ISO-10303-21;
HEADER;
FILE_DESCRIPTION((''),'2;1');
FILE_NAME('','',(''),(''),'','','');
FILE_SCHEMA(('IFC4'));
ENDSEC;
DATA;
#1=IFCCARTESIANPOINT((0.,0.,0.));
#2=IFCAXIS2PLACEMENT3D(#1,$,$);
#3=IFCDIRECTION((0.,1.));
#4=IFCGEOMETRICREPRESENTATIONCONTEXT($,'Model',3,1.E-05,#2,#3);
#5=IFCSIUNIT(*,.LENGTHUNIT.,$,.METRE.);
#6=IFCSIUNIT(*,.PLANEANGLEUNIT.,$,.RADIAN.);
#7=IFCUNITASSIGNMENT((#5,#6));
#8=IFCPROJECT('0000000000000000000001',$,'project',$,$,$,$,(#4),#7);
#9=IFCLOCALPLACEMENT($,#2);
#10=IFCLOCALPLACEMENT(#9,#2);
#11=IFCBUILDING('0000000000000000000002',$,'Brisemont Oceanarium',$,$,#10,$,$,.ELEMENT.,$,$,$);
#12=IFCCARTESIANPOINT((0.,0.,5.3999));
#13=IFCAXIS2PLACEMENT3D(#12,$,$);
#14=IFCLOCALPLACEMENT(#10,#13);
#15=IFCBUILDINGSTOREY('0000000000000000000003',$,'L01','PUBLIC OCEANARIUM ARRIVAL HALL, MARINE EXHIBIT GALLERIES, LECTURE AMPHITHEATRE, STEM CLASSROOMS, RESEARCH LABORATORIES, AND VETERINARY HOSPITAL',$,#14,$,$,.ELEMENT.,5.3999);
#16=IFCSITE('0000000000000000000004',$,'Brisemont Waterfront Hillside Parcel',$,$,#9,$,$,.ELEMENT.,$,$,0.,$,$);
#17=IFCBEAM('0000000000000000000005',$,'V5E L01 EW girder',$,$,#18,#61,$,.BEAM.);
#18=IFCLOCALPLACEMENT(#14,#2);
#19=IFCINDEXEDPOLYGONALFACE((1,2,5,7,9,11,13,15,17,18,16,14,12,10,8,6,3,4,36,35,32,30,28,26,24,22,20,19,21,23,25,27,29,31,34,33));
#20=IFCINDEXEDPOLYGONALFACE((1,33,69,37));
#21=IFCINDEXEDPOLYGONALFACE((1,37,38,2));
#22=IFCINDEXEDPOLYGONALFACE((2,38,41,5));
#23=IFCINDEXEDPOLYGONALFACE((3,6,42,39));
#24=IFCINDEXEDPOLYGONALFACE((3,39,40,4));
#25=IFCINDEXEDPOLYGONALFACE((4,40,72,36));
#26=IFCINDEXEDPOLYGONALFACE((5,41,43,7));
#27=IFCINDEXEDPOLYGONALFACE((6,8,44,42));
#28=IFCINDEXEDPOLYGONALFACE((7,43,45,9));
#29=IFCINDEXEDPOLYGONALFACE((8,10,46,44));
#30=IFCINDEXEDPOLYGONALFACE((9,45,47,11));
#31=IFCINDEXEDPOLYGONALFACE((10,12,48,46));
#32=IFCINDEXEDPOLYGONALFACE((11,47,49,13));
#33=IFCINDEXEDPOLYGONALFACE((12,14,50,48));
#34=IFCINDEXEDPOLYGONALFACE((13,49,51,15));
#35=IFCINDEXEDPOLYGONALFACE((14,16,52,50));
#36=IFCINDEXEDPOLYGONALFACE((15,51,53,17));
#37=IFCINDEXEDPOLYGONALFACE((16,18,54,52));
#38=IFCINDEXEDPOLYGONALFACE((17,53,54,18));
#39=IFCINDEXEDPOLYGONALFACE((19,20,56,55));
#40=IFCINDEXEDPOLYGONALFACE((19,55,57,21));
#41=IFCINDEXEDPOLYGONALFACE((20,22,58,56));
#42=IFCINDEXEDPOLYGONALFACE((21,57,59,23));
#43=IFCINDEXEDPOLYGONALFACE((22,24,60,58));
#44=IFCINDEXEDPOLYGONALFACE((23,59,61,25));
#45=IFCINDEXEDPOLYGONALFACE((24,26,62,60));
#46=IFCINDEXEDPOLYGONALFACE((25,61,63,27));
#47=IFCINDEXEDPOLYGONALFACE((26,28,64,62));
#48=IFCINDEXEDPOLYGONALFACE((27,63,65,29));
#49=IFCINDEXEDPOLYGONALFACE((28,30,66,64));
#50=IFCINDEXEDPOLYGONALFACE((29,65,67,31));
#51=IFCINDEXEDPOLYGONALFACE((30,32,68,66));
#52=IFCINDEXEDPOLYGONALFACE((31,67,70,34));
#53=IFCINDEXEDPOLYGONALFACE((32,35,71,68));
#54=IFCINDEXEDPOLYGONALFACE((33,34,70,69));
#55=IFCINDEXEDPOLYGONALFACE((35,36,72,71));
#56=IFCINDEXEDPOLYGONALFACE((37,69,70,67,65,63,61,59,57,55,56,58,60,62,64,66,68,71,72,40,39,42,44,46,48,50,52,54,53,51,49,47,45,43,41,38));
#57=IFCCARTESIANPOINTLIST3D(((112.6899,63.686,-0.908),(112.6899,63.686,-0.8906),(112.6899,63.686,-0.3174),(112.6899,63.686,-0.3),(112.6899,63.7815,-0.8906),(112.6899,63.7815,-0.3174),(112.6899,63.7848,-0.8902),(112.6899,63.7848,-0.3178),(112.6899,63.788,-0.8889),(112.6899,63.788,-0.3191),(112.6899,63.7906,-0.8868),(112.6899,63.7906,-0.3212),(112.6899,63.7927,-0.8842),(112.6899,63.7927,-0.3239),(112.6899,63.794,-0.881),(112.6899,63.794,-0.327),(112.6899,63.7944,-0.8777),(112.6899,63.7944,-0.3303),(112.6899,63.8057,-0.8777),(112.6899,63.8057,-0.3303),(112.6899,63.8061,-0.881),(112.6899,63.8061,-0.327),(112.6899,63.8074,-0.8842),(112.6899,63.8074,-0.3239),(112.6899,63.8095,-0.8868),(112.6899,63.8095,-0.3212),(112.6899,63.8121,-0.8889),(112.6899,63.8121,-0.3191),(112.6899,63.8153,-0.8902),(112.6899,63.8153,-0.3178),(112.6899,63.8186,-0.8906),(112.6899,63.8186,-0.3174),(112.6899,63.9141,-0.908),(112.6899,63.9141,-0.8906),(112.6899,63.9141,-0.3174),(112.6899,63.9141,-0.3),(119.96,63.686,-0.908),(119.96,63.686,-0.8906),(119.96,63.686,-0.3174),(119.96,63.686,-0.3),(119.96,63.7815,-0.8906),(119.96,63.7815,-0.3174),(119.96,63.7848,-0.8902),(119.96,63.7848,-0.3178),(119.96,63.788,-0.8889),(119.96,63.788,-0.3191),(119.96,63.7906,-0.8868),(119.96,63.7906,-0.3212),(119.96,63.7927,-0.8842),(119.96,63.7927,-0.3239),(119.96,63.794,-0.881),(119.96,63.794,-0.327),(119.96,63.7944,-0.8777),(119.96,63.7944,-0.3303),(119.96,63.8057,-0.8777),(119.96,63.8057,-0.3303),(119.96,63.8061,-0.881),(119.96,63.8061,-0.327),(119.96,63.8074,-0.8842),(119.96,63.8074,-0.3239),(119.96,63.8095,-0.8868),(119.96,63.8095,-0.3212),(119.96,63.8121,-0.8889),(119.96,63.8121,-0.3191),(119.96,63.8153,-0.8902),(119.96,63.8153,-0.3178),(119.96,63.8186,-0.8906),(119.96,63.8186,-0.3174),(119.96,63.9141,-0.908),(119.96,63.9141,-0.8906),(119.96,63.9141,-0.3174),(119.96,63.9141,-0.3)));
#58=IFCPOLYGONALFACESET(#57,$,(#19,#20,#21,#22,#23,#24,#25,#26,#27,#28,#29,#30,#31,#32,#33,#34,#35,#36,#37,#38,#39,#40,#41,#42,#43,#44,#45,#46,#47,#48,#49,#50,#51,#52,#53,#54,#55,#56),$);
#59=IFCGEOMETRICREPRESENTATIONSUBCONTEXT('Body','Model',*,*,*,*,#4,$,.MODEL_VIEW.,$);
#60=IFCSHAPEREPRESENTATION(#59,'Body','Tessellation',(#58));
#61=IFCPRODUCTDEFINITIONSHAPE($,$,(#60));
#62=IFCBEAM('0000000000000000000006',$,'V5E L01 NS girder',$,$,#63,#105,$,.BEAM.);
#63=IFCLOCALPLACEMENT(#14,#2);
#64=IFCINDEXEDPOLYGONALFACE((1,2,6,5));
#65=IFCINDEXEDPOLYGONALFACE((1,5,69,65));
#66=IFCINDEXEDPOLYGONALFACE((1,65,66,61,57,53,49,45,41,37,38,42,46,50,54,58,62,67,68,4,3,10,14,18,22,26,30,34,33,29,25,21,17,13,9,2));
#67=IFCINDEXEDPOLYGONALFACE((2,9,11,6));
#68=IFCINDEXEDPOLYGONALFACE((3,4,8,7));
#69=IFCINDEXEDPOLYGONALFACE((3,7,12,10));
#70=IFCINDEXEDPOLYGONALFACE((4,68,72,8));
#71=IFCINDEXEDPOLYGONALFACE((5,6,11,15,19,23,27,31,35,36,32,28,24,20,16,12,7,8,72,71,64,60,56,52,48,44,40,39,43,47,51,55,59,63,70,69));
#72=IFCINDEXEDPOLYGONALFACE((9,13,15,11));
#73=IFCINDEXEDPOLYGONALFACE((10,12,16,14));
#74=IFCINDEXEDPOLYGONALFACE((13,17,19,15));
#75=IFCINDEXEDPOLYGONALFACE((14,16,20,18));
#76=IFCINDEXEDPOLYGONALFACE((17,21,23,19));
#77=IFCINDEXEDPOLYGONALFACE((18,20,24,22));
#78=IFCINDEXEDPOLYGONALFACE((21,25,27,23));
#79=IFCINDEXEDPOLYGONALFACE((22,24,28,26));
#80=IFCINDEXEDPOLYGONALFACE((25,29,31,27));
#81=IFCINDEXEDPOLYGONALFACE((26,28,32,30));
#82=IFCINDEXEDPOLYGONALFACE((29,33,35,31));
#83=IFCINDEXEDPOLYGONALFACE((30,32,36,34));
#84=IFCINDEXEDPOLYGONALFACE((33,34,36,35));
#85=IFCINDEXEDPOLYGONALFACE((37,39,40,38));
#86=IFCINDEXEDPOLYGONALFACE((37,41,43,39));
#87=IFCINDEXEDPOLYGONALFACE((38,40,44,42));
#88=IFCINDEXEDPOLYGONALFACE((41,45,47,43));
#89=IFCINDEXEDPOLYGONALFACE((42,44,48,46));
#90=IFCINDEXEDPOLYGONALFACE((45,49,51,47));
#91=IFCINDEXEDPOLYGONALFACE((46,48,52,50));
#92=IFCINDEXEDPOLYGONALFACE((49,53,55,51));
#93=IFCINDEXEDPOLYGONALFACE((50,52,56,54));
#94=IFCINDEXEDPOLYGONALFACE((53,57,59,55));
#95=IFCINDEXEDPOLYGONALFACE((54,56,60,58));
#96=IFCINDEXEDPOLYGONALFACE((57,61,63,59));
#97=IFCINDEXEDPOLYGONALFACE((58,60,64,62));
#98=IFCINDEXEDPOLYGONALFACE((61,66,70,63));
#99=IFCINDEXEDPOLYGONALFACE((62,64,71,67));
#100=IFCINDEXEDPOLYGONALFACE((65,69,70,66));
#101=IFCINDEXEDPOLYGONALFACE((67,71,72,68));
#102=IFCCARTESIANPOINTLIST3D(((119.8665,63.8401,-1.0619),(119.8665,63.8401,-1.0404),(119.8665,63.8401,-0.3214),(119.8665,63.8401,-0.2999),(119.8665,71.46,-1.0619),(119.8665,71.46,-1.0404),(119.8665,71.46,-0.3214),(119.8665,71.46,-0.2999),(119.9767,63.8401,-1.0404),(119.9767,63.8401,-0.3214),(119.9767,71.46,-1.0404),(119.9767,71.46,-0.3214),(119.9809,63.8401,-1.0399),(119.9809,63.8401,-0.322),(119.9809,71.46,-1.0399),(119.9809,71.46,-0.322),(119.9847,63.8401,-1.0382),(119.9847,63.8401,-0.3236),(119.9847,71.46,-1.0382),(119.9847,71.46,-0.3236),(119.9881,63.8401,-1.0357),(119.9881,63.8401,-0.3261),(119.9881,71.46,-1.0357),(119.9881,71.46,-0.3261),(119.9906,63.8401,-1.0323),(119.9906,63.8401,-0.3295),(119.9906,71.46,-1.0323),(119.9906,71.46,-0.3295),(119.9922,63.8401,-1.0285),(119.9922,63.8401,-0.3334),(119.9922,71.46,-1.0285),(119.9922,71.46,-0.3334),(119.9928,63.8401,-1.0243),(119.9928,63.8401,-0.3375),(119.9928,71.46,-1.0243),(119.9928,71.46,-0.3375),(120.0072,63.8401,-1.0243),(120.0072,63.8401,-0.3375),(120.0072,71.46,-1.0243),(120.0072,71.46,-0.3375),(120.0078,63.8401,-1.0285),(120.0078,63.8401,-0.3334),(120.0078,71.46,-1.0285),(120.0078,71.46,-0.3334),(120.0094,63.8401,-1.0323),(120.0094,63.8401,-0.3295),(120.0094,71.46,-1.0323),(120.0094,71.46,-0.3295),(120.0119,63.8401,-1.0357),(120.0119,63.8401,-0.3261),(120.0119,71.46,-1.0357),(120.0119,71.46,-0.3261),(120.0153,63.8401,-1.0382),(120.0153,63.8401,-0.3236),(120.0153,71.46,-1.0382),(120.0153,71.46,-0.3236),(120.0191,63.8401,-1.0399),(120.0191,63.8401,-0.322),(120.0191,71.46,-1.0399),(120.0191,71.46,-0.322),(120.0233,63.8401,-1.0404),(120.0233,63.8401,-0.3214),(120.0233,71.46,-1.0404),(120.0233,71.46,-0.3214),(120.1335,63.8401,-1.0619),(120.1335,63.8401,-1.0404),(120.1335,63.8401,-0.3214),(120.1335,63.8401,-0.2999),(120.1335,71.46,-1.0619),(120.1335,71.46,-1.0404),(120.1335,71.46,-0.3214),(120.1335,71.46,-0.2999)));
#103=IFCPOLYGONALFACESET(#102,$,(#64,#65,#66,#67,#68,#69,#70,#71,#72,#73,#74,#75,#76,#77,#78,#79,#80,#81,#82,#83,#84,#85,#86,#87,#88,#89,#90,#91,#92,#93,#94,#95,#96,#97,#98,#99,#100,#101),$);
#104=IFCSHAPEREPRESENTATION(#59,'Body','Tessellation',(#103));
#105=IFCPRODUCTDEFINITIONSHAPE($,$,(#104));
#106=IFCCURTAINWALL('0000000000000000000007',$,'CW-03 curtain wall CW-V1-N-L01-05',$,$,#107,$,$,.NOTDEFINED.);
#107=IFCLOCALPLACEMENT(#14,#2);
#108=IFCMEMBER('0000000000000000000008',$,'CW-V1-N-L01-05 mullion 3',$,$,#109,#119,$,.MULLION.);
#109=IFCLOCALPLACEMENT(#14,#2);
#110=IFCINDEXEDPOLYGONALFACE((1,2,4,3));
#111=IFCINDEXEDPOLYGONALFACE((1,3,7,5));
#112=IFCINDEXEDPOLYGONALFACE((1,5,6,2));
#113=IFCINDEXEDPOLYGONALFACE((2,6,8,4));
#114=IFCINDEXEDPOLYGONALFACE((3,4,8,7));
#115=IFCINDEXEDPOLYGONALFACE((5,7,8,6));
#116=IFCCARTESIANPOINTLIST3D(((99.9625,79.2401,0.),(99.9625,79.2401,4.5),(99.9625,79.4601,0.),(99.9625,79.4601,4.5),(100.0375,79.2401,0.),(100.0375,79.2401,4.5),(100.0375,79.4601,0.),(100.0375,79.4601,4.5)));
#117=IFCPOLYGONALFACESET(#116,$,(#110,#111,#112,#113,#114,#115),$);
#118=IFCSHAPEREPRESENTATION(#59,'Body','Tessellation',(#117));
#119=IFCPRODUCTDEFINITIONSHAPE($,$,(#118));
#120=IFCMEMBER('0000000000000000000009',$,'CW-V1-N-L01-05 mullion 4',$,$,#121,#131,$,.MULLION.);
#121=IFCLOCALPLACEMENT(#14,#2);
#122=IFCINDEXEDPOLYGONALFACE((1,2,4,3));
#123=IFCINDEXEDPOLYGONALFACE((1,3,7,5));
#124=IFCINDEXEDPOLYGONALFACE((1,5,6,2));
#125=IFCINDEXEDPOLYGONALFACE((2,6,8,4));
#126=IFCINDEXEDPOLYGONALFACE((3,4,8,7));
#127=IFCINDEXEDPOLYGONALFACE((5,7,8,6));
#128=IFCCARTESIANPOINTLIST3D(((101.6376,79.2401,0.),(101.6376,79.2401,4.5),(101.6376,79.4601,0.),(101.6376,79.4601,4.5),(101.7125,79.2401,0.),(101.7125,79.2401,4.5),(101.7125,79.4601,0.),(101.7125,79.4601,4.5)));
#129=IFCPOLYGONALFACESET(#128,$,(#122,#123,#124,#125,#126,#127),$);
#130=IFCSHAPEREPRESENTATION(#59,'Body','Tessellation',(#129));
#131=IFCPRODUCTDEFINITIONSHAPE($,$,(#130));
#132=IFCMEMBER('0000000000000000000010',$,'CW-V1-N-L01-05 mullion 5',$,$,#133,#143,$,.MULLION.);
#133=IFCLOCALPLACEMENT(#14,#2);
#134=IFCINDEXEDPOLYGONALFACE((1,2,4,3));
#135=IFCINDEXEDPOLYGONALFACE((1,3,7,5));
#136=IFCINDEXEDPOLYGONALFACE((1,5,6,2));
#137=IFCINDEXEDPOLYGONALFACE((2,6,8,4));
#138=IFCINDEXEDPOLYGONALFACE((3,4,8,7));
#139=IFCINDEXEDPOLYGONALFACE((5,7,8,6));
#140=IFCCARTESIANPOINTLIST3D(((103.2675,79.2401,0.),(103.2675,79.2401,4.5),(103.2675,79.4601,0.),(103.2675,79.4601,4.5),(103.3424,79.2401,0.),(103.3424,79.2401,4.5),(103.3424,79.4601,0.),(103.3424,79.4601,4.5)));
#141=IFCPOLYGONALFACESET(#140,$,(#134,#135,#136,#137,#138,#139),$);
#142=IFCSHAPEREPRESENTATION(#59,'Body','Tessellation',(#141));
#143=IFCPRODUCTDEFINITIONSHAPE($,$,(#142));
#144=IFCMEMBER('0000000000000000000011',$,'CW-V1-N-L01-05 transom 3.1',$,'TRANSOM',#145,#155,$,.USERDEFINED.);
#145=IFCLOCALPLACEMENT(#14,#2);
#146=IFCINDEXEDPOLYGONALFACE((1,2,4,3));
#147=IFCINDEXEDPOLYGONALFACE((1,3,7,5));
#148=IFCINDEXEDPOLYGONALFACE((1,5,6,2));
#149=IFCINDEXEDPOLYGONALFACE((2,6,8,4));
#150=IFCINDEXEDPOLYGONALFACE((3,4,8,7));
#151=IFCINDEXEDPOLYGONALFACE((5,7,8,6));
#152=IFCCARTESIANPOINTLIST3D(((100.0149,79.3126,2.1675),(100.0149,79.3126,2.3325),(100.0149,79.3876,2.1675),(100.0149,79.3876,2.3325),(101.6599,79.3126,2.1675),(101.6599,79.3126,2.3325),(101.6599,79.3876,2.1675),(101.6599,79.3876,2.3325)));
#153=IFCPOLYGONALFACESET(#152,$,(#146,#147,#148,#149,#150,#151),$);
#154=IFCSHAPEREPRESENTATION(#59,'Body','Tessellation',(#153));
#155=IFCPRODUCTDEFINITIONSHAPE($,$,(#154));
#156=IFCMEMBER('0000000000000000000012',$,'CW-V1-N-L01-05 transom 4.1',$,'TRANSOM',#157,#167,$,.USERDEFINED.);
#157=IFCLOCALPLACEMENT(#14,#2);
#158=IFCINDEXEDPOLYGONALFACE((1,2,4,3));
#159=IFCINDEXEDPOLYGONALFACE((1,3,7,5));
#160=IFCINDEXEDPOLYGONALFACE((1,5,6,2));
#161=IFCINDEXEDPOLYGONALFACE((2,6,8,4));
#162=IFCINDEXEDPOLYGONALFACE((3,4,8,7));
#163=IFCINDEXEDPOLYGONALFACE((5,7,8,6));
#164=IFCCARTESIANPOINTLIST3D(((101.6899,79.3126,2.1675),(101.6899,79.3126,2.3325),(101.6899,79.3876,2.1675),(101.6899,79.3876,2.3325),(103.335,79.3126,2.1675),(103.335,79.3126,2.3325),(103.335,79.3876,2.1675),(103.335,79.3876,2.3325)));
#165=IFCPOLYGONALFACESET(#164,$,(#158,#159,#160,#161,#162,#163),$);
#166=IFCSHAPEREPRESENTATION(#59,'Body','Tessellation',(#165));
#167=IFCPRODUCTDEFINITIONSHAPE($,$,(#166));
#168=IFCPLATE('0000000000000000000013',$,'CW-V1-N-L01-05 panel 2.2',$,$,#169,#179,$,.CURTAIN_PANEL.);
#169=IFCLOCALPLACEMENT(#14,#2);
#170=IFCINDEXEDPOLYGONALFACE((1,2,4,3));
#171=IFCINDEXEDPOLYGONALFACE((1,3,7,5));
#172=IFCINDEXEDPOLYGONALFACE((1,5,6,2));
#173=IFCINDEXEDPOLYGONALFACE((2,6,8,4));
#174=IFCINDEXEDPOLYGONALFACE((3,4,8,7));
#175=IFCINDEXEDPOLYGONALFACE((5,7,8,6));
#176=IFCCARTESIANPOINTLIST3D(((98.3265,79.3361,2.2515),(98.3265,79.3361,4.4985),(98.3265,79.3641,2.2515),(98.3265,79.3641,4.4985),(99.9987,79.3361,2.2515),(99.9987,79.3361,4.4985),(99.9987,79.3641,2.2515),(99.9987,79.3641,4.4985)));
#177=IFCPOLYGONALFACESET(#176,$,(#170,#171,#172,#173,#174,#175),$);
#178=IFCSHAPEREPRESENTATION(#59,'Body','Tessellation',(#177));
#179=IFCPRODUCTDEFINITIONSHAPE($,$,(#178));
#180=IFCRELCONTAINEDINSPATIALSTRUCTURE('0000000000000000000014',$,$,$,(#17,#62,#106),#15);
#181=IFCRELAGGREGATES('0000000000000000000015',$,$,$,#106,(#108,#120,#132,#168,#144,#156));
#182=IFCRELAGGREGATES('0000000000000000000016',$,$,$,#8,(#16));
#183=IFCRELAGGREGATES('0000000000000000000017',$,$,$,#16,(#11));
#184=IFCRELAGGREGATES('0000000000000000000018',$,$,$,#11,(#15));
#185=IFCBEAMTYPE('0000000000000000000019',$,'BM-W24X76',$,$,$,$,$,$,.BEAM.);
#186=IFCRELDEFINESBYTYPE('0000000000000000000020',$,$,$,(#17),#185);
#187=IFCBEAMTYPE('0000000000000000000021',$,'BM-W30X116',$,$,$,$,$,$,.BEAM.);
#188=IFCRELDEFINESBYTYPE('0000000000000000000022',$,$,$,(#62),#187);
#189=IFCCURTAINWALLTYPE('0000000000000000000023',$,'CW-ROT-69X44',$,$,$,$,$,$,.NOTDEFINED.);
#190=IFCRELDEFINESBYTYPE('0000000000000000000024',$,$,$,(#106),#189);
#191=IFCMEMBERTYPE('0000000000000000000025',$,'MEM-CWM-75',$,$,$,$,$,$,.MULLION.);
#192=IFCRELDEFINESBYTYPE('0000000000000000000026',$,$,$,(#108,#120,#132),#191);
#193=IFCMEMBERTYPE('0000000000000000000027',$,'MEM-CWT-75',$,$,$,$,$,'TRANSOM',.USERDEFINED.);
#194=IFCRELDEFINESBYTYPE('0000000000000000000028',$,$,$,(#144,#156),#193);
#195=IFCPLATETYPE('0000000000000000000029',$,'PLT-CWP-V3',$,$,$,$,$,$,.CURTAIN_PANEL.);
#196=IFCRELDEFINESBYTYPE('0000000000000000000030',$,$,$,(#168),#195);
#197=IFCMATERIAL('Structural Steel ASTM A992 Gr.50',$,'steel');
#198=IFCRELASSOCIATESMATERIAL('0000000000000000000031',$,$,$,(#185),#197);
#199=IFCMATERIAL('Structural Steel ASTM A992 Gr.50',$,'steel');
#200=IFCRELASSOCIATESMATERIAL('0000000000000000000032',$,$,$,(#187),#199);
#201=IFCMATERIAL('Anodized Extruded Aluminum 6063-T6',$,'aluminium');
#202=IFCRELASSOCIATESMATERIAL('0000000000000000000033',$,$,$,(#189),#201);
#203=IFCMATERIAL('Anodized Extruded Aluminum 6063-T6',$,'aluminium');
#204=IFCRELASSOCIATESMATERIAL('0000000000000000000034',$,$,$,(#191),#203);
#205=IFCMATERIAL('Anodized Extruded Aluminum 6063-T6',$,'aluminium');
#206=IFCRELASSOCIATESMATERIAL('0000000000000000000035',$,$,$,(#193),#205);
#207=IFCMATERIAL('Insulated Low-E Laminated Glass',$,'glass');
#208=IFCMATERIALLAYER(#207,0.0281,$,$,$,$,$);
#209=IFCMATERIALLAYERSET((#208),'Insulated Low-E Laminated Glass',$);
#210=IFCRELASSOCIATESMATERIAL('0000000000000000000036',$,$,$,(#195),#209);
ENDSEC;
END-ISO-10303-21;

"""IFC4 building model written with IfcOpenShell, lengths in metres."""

from ifc_helpers import new_model, si_unit, direction, frame, origin, origin_2d, place, context, subcontext, project, spatial, rectangle, i_section, extrude, material, layer, layer_set, material_profile, profile_set, type_object, element, aggregate, save


model = new_model("IFC4")

# Units and contexts
model_context = context("Model", 3, precision=1e-05, world=origin(), true_north=direction((0.0, 1.0)))
body_context = subcontext(model_context, "Body", "Model", "MODEL_VIEW")
ifc_project = project(units=[si_unit("LENGTHUNIT", "METRE"), si_unit("PLANEANGLEUNIT", "RADIAN")], contexts=[model_context])

# Site, building, storey
site_placement = place(None, origin())
site = spatial("IfcSite", under=ifc_project, at=site_placement, Name="Brisemont Waterfront Hillside Parcel", CompositionType="ELEMENT", RefElevation=0.0)
building_placement = place(site_placement, origin())
building = spatial("IfcBuilding", under=site, at=building_placement, Name="Brisemont Oceanarium", CompositionType="ELEMENT")
storey_placement = place(building_placement, frame((0.0, 0.0, 5.3999)))
storey = spatial("IfcBuildingStorey", under=building, at=storey_placement, Name="L01", Description="PUBLIC OCEANARIUM ARRIVAL HALL, MARINE EXHIBIT GALLERIES, LECTURE AMPHITHEATRE, STEM CLASSROOMS, RESEARCH LABORATORIES, AND VETERINARY HOSPITAL", CompositionType="ELEMENT", Elevation=5.3999)

# Beams
ifc_material_1 = material(Name="Structural Steel ASTM A992 Gr.50", Category="steel")
ifc_material_profile_1 = material_profile(ifc_material_1, i_section(OverallWidth=0.228, OverallDepth=0.6079, WebThickness=0.0112, FlangeThickness=0.0173, FilletRadius=0.0129, at=origin_2d()), Name="W24X76")
ifc_profile_set_1 = profile_set([ifc_material_profile_1], Name="Structural Steel ASTM A992 Gr.50")
beam_type_1 = type_object("IfcBeamType", Name="BM-W24X76", PredefinedType="BEAM", material=ifc_profile_set_1)
beam_1_placement = place(storey_placement, frame((112.6899, 63.8, -0.604), z_axis=(1.0, 0.0, 0.0), x_axis=(0.0, 1.0, 0.0)))
element("IfcBeam", 1, at=beam_1_placement, inside=storey, type_object=beam_type_1, Name="V5E L01 EW girder", PredefinedType="BEAM", context=body_context, shape_type="SweptSolid", body=[
    extrude(i_section(OverallWidth=0.228, OverallDepth=0.6079, WebThickness=0.0112, FlangeThickness=0.0173, FilletRadius=0.0129, at=origin_2d()), origin(), (0.0, 0.0, 1.0), 7.27),
])
ifc_material_2 = material(Name="Structural Steel ASTM A992 Gr.50", Category="steel")
ifc_material_profile_2 = material_profile(ifc_material_2, i_section(OverallWidth=0.2671, OverallDepth=0.762, WebThickness=0.0144, FlangeThickness=0.0215, FilletRadius=0.0161, at=origin_2d()), Name="W30X116")
ifc_profile_set_2 = profile_set([ifc_material_profile_2], Name="Structural Steel ASTM A992 Gr.50")
beam_type_2 = type_object("IfcBeamType", Name="BM-W30X116", PredefinedType="BEAM", material=ifc_profile_set_2)
beam_2_placement = place(storey_placement, frame((120.0, 63.8401, -0.6809), z_axis=(0.0, 1.0, 0.0), x_axis=(-1.0, 0.0, 0.0)))
element("IfcBeam", 2, at=beam_2_placement, inside=storey, type_object=beam_type_2, Name="V5E L01 NS girder", PredefinedType="BEAM", context=body_context, shape_type="SweptSolid", body=[
    extrude(i_section(OverallWidth=0.2671, OverallDepth=0.762, WebThickness=0.0144, FlangeThickness=0.0215, FilletRadius=0.0161, at=origin_2d()), origin(), (0.0, 0.0, 1.0), 7.6199),
])

# Curtain wall, members, plate
ifc_material_3 = material(Name="Anodized Extruded Aluminum 6063-T6", Category="aluminium")
curtain_wall_type = type_object("IfcCurtainWallType", Name="CW-ROT-69X44", PredefinedType="NOTDEFINED", material=ifc_material_3)
curtain_wall_placement = place(storey_placement, origin())
curtain_wall = element("IfcCurtainWall", 3, at=curtain_wall_placement, inside=storey, type_object=curtain_wall_type, Name="CW-03 curtain wall CW-V1-N-L01-05", PredefinedType="NOTDEFINED")
ifc_material_4 = material(Name="Anodized Extruded Aluminum 6063-T6", Category="aluminium")
ifc_material_profile_3 = material_profile(ifc_material_4, rectangle(XDim=0.075, YDim=0.22, at=origin_2d()), Name="CWM-75X220")
ifc_profile_set_3 = profile_set([ifc_material_profile_3], Name="Anodized Extruded Aluminum 6063-T6")
member_type_1 = type_object("IfcMemberType", Name="MEM-CWM-75", PredefinedType="MULLION", material=ifc_profile_set_3)
member_1_placement = place(storey_placement, frame((100.0, 79.3501, 0.0), z_axis=(0.0, 0.0, 1.0), x_axis=(1.0, 0.0, 0.0)))
member_1 = element("IfcMember", 4, at=member_1_placement, type_object=member_type_1, Name="CW-V1-N-L01-05 mullion 3", PredefinedType="MULLION", context=body_context, shape_type="SweptSolid", body=[
    extrude(rectangle(XDim=0.075, YDim=0.22, at=origin_2d()), origin(), (0.0, 0.0, 1.0), 4.5),
])
member_2_placement = place(storey_placement, frame((101.675, 79.3501, 0.0), z_axis=(0.0, 0.0, 1.0), x_axis=(1.0, 0.0, 0.0)))
member_2 = element("IfcMember", 5, at=member_2_placement, type_object=member_type_1, Name="CW-V1-N-L01-05 mullion 4", PredefinedType="MULLION", context=body_context, shape_type="SweptSolid", body=[
    extrude(rectangle(XDim=0.075, YDim=0.22, at=origin_2d()), origin(), (0.0, 0.0, 1.0), 4.5),
])
member_3_placement = place(storey_placement, frame((103.3049, 79.3501, 0.0), z_axis=(0.0, 0.0, 1.0), x_axis=(1.0, 0.0, 0.0)))
member_3 = element("IfcMember", 6, at=member_3_placement, type_object=member_type_1, Name="CW-V1-N-L01-05 mullion 5", PredefinedType="MULLION", context=body_context, shape_type="SweptSolid", body=[
    extrude(rectangle(XDim=0.075, YDim=0.22, at=origin_2d()), origin(), (0.0, 0.0, 1.0), 4.5),
])
ifc_material_5 = material(Name="Anodized Extruded Aluminum 6063-T6", Category="aluminium")
ifc_material_profile_4 = material_profile(ifc_material_5, rectangle(XDim=0.075, YDim=0.165, at=origin_2d()), Name="CWT-75X165")
ifc_profile_set_4 = profile_set([ifc_material_profile_4], Name="Anodized Extruded Aluminum 6063-T6")
member_type_2 = type_object("IfcMemberType", Name="MEM-CWT-75", ElementType="TRANSOM", PredefinedType="USERDEFINED", material=ifc_profile_set_4)
member_4_placement = place(storey_placement, frame((100.0149, 79.3501, 2.25), z_axis=(1.0, 0.0, 0.0), x_axis=(0.0, 1.0, 0.0)))
member_4 = element("IfcMember", 7, at=member_4_placement, type_object=member_type_2, Name="CW-V1-N-L01-05 transom 3.1", ObjectType="TRANSOM", PredefinedType="USERDEFINED", context=body_context, shape_type="SweptSolid", body=[
    extrude(rectangle(XDim=0.075, YDim=0.165, at=origin_2d()), origin(), (0.0, 0.0, 1.0), 1.645),
])
member_5_placement = place(storey_placement, frame((101.6899, 79.3501, 2.25), z_axis=(1.0, 0.0, 0.0), x_axis=(0.0, 1.0, 0.0)))
member_5 = element("IfcMember", 8, at=member_5_placement, type_object=member_type_2, Name="CW-V1-N-L01-05 transom 4.1", ObjectType="TRANSOM", PredefinedType="USERDEFINED", context=body_context, shape_type="SweptSolid", body=[
    extrude(rectangle(XDim=0.075, YDim=0.165, at=origin_2d()), origin(), (0.0, 0.0, 1.0), 1.645),
])
ifc_material_6 = material(Name="Insulated Low-E Laminated Glass", Category="glass")
ifc_layer_1 = layer(ifc_material_6, 0.0281)
ifc_layer_set_1 = layer_set([ifc_layer_1], Name="Insulated Low-E Laminated Glass")
plate_type = type_object("IfcPlateType", Name="PLT-CWP-V3", PredefinedType="CURTAIN_PANEL", material=ifc_layer_set_1)
plate_1_placement = place(storey_placement, frame((99.1626, 79.3501, 2.2515), z_axis=(0.0, 0.0, 1.0), x_axis=(1.0, 0.0, 0.0)))
plate_1 = element("IfcPlate", 9, at=plate_1_placement, type_object=plate_type, Name="CW-V1-N-L01-05 panel 2.2", PredefinedType="CURTAIN_PANEL", context=body_context, shape_type="SweptSolid", body=[
    extrude(rectangle(XDim=1.6721, YDim=0.0281, at=origin_2d()), origin(), (0.0, 0.0, 1.0), 2.2471),
])
aggregate(curtain_wall, [member_1, member_2, member_3, plate_1, member_4, member_5])

save(model, "model.ifc")
